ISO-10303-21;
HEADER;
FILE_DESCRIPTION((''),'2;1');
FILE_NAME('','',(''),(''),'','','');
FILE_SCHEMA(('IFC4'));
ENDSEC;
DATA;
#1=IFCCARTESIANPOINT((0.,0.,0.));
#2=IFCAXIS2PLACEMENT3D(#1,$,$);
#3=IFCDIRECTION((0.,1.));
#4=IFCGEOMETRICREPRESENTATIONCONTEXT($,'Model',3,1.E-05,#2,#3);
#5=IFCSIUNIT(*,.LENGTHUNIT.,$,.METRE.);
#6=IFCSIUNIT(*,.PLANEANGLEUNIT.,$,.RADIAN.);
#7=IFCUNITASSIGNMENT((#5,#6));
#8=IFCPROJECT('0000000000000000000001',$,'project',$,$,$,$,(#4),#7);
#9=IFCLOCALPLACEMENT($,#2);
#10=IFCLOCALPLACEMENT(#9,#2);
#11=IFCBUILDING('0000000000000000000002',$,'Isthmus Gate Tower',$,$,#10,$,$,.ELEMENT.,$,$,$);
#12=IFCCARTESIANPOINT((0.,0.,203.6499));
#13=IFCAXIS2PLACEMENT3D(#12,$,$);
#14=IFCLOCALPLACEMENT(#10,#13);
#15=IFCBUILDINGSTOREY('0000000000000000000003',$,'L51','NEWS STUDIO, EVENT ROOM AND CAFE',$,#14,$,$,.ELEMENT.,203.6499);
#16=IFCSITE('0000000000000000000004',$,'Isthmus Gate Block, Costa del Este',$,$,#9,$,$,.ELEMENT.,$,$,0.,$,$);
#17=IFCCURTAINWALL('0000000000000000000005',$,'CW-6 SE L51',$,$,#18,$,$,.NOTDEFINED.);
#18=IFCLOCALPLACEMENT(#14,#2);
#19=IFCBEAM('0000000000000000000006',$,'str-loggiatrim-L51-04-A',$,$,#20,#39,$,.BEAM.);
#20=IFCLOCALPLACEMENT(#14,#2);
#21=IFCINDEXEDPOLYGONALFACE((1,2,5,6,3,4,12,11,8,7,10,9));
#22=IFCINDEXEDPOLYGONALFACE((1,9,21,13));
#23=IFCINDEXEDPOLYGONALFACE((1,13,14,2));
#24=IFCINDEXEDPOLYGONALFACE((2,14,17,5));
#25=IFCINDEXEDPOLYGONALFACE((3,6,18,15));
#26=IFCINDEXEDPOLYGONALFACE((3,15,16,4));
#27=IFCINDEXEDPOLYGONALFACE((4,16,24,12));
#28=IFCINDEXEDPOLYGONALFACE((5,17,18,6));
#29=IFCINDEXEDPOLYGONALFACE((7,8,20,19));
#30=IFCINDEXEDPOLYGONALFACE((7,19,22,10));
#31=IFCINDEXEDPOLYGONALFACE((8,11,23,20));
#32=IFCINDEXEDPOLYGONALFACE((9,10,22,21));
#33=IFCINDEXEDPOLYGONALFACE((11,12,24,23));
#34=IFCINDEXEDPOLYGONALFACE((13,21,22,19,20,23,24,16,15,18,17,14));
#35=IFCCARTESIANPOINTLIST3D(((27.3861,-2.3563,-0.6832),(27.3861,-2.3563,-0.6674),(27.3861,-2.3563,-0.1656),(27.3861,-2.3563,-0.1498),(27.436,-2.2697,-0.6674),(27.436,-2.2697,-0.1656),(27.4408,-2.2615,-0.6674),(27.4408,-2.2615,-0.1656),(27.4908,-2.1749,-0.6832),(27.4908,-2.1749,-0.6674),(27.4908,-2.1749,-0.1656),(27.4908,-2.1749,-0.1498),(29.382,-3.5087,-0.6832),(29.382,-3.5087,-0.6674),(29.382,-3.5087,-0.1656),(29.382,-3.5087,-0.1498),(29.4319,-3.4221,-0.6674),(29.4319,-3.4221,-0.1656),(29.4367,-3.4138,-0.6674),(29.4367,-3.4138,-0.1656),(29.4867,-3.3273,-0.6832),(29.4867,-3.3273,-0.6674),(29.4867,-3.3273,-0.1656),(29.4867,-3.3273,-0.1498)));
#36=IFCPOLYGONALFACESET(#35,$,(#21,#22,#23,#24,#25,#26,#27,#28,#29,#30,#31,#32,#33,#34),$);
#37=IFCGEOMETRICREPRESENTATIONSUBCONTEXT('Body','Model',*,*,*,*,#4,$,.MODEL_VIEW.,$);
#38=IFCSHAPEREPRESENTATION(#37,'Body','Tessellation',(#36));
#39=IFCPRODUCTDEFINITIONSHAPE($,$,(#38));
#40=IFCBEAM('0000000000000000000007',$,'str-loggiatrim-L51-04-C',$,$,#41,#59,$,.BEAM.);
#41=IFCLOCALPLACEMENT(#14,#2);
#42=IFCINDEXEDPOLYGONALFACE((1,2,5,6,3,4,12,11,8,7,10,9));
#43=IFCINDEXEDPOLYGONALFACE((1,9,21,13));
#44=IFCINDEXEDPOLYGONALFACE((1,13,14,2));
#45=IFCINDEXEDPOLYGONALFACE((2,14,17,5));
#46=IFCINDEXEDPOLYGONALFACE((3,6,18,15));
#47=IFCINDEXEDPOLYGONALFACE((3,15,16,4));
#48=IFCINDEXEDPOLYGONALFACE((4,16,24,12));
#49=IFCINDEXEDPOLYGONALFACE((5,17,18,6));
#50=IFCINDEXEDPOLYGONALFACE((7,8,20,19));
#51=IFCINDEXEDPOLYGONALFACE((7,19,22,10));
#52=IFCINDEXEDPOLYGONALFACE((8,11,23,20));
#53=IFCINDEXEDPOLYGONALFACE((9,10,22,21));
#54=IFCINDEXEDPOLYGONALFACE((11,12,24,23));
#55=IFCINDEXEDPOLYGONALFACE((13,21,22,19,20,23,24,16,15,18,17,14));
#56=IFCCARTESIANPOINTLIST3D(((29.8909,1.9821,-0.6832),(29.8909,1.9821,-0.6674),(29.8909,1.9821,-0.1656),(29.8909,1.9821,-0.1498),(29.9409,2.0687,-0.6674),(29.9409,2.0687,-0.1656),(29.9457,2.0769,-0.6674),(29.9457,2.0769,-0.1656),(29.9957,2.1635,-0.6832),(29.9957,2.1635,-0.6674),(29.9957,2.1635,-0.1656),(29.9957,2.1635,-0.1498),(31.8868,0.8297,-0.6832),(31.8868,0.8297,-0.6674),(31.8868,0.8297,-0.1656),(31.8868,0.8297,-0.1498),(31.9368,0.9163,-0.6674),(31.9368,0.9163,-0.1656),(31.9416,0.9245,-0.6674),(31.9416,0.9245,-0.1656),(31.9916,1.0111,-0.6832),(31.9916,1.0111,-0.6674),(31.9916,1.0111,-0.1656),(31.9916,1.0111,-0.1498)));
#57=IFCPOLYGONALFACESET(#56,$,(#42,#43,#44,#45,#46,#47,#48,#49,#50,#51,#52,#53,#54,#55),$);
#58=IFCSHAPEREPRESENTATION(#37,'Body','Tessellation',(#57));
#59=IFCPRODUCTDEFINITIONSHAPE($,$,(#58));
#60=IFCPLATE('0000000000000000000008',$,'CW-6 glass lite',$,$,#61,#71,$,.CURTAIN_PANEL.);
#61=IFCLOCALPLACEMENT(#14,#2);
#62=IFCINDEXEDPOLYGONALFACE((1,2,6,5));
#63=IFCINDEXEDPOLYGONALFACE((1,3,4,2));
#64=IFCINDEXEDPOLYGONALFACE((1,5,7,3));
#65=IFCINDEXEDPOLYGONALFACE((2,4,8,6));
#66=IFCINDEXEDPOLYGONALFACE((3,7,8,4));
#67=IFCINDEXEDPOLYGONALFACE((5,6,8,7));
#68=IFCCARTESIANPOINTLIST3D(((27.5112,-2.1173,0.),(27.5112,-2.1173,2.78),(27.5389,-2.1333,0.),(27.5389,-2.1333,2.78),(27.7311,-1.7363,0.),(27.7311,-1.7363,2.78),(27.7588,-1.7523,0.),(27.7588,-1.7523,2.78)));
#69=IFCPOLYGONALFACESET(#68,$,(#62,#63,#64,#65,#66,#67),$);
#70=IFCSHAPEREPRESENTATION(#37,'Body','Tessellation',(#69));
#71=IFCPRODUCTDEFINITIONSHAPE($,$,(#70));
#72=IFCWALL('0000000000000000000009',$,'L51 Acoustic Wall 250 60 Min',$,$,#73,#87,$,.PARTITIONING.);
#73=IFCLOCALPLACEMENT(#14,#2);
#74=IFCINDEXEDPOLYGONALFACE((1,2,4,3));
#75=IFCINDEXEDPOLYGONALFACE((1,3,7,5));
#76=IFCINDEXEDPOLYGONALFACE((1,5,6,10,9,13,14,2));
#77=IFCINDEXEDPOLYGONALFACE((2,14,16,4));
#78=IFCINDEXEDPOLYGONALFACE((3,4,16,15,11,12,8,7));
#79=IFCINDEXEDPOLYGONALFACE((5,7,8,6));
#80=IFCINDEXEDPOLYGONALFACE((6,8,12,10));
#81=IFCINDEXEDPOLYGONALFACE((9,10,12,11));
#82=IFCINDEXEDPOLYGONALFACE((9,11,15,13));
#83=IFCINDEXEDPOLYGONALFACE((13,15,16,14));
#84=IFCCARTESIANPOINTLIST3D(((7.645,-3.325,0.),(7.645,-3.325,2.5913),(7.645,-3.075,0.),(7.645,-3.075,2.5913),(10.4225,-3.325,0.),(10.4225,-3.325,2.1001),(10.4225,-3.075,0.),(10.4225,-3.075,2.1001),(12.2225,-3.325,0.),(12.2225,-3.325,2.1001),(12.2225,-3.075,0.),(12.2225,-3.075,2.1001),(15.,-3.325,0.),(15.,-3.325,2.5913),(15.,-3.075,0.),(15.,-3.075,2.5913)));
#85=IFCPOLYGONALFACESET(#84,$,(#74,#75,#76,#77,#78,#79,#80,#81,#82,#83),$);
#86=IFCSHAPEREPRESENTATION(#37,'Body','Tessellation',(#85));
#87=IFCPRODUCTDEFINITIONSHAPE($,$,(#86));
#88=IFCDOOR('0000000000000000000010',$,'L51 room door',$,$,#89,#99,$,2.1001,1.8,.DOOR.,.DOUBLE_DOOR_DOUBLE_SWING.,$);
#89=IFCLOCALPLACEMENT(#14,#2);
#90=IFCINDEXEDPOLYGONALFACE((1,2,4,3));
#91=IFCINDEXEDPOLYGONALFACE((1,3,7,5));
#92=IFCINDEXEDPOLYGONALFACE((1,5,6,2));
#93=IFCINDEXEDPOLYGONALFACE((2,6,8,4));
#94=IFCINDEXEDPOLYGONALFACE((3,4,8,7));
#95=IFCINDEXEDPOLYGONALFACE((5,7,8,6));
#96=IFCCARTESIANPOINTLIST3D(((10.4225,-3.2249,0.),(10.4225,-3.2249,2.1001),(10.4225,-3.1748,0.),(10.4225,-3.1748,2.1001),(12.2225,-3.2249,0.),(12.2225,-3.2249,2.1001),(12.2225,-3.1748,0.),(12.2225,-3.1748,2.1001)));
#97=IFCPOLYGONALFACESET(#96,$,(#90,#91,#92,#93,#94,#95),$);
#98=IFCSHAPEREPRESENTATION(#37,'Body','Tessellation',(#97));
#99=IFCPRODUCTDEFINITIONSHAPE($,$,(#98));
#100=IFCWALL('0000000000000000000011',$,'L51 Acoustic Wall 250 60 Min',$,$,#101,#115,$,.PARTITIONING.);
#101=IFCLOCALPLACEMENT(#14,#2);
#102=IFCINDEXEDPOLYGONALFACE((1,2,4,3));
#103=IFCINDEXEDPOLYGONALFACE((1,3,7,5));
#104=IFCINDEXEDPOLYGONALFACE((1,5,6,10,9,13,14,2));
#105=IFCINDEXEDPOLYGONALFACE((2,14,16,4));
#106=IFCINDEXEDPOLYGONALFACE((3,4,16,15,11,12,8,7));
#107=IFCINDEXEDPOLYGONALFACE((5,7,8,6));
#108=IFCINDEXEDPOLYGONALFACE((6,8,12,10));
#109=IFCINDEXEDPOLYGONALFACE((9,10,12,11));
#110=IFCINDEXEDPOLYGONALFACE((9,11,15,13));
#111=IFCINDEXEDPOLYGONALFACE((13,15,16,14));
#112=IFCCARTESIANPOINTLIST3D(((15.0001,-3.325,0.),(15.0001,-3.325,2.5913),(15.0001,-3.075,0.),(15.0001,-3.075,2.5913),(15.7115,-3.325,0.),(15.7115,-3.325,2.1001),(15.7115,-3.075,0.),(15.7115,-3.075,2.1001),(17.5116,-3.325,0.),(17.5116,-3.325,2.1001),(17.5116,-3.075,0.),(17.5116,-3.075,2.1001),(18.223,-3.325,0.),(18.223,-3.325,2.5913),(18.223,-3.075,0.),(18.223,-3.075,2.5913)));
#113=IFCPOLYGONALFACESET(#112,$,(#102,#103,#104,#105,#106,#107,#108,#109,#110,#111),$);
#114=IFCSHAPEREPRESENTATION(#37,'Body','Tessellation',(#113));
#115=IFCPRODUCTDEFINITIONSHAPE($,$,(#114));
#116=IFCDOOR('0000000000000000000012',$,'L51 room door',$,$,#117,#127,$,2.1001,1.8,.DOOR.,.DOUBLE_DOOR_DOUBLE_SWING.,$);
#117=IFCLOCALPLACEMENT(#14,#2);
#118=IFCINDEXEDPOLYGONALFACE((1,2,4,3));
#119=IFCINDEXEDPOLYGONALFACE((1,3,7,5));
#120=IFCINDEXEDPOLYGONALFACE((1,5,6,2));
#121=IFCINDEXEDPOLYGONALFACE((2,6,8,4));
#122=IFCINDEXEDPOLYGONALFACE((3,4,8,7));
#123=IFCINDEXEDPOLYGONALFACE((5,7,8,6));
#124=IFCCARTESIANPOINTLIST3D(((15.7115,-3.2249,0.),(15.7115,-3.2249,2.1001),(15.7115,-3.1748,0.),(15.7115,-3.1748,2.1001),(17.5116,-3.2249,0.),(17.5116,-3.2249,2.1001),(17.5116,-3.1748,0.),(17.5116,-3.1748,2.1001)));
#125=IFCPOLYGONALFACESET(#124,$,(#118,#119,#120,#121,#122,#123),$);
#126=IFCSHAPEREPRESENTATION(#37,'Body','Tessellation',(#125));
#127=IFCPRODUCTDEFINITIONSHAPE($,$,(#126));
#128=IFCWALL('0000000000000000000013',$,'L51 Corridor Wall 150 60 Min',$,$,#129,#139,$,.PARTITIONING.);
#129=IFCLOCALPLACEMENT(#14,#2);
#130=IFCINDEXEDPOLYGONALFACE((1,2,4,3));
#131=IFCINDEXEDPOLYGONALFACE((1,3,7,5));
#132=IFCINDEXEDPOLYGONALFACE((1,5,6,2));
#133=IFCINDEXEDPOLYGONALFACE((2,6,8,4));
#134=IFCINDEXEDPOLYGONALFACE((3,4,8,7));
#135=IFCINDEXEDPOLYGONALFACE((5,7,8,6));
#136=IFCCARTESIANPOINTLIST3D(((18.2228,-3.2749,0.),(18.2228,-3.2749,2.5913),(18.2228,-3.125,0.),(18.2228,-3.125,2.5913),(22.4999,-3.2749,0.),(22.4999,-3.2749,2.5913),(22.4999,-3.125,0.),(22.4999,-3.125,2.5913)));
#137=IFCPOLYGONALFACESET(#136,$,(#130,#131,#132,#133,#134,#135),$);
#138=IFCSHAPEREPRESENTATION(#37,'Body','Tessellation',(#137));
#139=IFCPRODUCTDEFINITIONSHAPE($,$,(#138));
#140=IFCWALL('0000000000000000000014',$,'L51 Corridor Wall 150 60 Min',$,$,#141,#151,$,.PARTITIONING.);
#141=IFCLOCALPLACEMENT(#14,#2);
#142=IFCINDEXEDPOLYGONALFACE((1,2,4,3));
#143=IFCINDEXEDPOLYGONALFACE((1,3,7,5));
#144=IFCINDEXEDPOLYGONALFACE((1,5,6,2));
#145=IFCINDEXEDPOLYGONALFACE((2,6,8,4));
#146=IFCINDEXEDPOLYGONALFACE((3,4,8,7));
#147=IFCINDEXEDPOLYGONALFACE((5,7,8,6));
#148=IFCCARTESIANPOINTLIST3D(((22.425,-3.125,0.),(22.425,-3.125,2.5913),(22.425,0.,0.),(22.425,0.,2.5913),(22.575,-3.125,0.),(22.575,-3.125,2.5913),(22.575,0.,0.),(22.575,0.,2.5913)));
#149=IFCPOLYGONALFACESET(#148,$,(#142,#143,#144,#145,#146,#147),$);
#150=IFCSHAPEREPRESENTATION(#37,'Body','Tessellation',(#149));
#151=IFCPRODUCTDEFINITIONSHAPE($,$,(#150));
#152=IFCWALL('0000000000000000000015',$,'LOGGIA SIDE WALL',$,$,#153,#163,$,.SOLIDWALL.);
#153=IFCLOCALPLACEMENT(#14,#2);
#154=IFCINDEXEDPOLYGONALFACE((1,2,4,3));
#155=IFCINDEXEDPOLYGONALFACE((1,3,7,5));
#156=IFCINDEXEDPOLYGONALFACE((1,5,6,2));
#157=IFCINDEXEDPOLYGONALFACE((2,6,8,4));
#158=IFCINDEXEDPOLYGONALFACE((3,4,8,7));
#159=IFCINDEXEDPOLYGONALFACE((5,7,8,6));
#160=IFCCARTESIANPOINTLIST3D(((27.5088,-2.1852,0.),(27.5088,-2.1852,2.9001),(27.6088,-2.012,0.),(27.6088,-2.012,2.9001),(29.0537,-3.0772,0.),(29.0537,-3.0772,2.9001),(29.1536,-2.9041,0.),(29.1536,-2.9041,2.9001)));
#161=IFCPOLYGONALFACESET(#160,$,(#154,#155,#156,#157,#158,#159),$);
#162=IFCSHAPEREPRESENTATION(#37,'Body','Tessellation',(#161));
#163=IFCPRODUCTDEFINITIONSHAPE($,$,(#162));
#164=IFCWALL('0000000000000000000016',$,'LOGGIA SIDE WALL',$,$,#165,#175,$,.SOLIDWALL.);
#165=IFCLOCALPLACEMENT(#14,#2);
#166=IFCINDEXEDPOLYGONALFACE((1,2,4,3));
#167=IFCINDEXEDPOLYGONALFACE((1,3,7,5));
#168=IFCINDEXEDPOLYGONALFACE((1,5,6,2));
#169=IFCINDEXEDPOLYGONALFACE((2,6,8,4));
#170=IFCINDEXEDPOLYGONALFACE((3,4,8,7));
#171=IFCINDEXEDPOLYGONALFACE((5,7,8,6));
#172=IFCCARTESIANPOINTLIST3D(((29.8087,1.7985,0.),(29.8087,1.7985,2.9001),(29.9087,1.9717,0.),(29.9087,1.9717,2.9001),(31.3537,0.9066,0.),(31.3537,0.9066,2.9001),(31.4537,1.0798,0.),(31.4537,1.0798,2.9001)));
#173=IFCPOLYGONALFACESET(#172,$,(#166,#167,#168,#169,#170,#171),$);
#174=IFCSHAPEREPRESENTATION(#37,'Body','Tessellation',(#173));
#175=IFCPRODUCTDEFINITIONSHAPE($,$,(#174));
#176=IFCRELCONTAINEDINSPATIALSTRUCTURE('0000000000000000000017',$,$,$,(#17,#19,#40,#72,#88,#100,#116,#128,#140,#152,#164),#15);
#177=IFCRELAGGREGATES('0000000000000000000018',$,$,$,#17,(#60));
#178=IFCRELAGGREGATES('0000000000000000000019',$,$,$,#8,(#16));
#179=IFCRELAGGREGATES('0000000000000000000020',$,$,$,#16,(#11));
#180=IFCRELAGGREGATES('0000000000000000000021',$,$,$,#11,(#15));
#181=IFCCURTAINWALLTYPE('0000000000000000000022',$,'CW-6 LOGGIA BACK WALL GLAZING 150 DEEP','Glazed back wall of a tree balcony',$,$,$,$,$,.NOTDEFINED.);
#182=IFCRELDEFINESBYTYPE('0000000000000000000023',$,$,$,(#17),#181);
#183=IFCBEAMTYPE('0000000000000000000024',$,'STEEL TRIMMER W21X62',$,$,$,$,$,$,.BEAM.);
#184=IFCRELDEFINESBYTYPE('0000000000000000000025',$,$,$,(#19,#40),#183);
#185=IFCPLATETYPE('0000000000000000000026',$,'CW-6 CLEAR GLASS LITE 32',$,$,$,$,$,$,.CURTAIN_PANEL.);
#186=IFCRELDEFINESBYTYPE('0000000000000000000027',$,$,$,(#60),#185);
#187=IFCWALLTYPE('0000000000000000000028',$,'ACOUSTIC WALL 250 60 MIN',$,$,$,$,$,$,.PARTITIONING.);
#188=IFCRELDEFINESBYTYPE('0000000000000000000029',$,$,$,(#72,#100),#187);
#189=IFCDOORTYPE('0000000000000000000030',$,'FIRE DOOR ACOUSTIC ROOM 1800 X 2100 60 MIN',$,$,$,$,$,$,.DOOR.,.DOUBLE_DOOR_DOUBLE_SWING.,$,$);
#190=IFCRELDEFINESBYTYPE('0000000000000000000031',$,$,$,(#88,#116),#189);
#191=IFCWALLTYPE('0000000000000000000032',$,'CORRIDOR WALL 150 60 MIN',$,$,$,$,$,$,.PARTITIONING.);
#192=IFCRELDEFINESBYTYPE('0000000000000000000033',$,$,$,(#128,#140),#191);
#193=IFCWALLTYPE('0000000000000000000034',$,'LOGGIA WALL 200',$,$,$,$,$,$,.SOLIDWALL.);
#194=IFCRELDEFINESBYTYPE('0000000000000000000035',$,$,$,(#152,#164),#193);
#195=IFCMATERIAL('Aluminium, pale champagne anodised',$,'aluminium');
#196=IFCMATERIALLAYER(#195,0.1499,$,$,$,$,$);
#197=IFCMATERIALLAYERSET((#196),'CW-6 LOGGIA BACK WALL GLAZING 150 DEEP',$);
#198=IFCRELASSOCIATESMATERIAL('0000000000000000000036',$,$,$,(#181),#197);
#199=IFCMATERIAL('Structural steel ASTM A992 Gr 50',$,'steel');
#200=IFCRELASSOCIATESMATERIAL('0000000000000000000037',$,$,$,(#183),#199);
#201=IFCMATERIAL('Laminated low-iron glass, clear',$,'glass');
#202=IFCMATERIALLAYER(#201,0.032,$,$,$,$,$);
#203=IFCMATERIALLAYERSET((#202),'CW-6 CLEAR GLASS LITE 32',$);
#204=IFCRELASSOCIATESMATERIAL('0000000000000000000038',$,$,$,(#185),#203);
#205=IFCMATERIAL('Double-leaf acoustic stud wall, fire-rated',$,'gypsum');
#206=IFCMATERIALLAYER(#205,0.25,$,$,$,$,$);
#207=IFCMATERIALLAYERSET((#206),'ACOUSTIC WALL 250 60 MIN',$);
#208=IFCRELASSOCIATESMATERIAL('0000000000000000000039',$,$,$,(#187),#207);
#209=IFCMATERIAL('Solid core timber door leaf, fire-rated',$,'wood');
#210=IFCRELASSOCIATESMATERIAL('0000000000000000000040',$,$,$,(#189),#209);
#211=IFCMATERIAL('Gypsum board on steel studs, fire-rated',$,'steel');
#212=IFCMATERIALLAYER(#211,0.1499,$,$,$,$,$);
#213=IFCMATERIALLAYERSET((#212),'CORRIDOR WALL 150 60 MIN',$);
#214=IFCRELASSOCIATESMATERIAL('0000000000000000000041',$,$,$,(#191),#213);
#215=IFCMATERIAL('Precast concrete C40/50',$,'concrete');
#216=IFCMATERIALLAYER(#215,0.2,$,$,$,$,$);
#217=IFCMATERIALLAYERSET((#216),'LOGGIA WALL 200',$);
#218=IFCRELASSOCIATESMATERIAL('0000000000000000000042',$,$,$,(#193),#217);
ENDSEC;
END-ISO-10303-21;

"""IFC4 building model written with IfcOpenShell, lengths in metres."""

from ifc_helpers import new_model, si_unit, direction, frame, frame_2d, origin, origin_2d, place, context, subcontext, project, spatial, rectangle, i_section, extrude, material, layer, layer_set, material_profile, profile_set, type_object, element, fill, aggregate, save


model = new_model("IFC4")

# Units and contexts
model_context = context("Model", 3, precision=1e-05, world=origin(), true_north=direction((0.0, 1.0)))
body_context = subcontext(model_context, "Body", "Model", "MODEL_VIEW")
ifc_project = project(units=[si_unit("LENGTHUNIT", "METRE"), si_unit("PLANEANGLEUNIT", "RADIAN")], contexts=[model_context])

# Site, building, storey
site_placement = place(None, origin())
site = spatial("IfcSite", under=ifc_project, at=site_placement, Name="Isthmus Gate Block, Costa del Este", CompositionType="ELEMENT", RefElevation=0.0)
building_placement = place(site_placement, origin())
building = spatial("IfcBuilding", under=site, at=building_placement, Name="Isthmus Gate Tower", CompositionType="ELEMENT")
storey_placement = place(building_placement, frame((0.0, 0.0, 203.6499)))
storey = spatial("IfcBuildingStorey", under=building, at=storey_placement, Name="L51", Description="NEWS STUDIO, EVENT ROOM AND CAFE", CompositionType="ELEMENT", Elevation=203.6499)

# Curtain wall
ifc_material_1 = material(Name="Aluminium, pale champagne anodised", Category="aluminium")
ifc_layer_1 = layer(ifc_material_1, 0.1499)
ifc_layer_set_1 = layer_set([ifc_layer_1], Name="CW-6 LOGGIA BACK WALL GLAZING 150 DEEP")
curtain_wall_type = type_object("IfcCurtainWallType", Name="CW-6 LOGGIA BACK WALL GLAZING 150 DEEP", Description="Glazed back wall of a tree balcony", PredefinedType="NOTDEFINED", material=ifc_layer_set_1)
curtain_wall_placement = place(storey_placement, origin())
curtain_wall = element("IfcCurtainWall", 1, at=curtain_wall_placement, inside=storey, type_object=curtain_wall_type, Name="CW-6 SE L51", PredefinedType="NOTDEFINED")

# Beams
ifc_material_2 = material(Name="Structural steel ASTM A992 Gr 50", Category="steel")
ifc_material_profile_1 = material_profile(ifc_material_2, i_section(OverallWidth=0.2095, OverallDepth=0.5334, WebThickness=0.0095, FlangeThickness=0.0159, at=origin_2d()), Name="W21X62")
ifc_profile_set_1 = profile_set([ifc_material_profile_1], Name="Structural steel ASTM A992 Gr 50")
beam_type_1 = type_object("IfcBeamType", Name="STEEL TRIMMER W21X62", PredefinedType="BEAM", material=ifc_profile_set_1)
for number, where, z_axis, x_axis, name in (
    (2, (29.4343, -3.418, -0.4165), (-0.866018, 0.500013, 0.0), (-0.500013, -0.866018, 0.0), "str-loggiatrim-L51-04-A"),
    (3, (31.9392, 0.9204, -0.4165), (-0.866018, 0.500013, 0.0), (-0.500013, -0.866018, 0.0), "str-loggiatrim-L51-04-C"),
):
    element("IfcBeam", number, at=place(storey_placement, frame(where, z_axis=z_axis, x_axis=x_axis)), inside=storey, type_object=beam_type_1, Name=name, PredefinedType="BEAM", context=body_context, shape_type="SweptSolid", body=[
        extrude(i_section(OverallWidth=0.2095, OverallDepth=0.5334, WebThickness=0.0095, FlangeThickness=0.0159, at=origin_2d()), origin(), (0.0, 0.0, 1.0), 2.3047),
    ])

# Plate
ifc_material_3 = material(Name="Laminated low-iron glass, clear", Category="glass")
ifc_layer_2 = layer(ifc_material_3, 0.032)
ifc_layer_set_2 = layer_set([ifc_layer_2], Name="CW-6 CLEAR GLASS LITE 32")
plate_type = type_object("IfcPlateType", Name="CW-6 CLEAR GLASS LITE 32", PredefinedType="CURTAIN_PANEL", material=ifc_layer_set_2)
plate_placement = place(storey_placement, frame((27.635, -1.9348, 0.0), z_axis=(0.0, 0.0, 1.0), x_axis=(0.5, 0.866025, 0.0)))
plate = element("IfcPlate", 4, at=plate_placement, type_object=plate_type, Name="CW-6 glass lite", PredefinedType="CURTAIN_PANEL", context=body_context, shape_type="SweptSolid", body=[
    extrude(rectangle(XDim=0.4399, YDim=0.032, at=origin_2d()), origin(), (0.0, 0.0, 1.0), 2.78),
])
aggregate(curtain_wall, [plate])

# Walls, openings, doors
ifc_material_4 = material(Name="Double-leaf acoustic stud wall, fire-rated", Category="gypsum")
ifc_layer_3 = layer(ifc_material_4, 0.25)
ifc_layer_set_3 = layer_set([ifc_layer_3], Name="ACOUSTIC WALL 250 60 MIN")
wall_type_1 = type_object("IfcWallType", Name="ACOUSTIC WALL 250 60 MIN", PredefinedType="PARTITIONING", material=ifc_layer_set_3)
wall_1_placement = place(storey_placement, frame((15.0, -3.2, 0.0), z_axis=(0.0, 0.0, 1.0), x_axis=(-1.0, 0.0, 0.0)))
wall_1 = element("IfcWall", 5, at=wall_1_placement, inside=storey, type_object=wall_type_1, Name="L51 Acoustic Wall 250 60 Min", PredefinedType="PARTITIONING", context=body_context, shape_type="SweptSolid", body=[
    extrude(rectangle(XDim=7.355, YDim=0.25, at=frame_2d((3.6775, 0.0))), origin(), (0.0, 0.0, 1.0), 2.5913),
])
opening_1_placement = place(wall_1_placement, frame((2.7776, 0.0, 0.0)))
opening_1 = element("IfcOpeningElement", 6, at=opening_1_placement, cuts=wall_1, PredefinedType="OPENING", context=body_context, shape_type="SweptSolid", body=[
    extrude(rectangle(XDim=1.8, YDim=2.1001, at=frame_2d((0.8999, 1.05))), frame((0.0, 0.135, 0.0), z_axis=(0.0, -1.0, 0.0), x_axis=(1.0, 0.0, 0.0)), (0.0, 0.0, 1.0), 0.27),
])
ifc_material_5 = material(Name="Solid core timber door leaf, fire-rated", Category="wood")
door_type_1 = type_object("IfcDoorType", Name="FIRE DOOR ACOUSTIC ROOM 1800 X 2100 60 MIN", OperationType="DOUBLE_DOOR_DOUBLE_SWING", PredefinedType="DOOR", material=ifc_material_5)
door_1_placement = place(opening_1_placement, origin())
door_1 = element("IfcDoor", 7, at=door_1_placement, inside=storey, type_object=door_type_1, Name="L51 room door", OperationType="DOUBLE_DOOR_DOUBLE_SWING", OverallHeight=2.1001, OverallWidth=1.8, PredefinedType="DOOR", context=body_context, shape_type="SweptSolid", body=[
    extrude(rectangle(XDim=1.8, YDim=2.1001, at=frame_2d((0.8999, 1.05))), frame((0.0, 0.0249, 0.0), z_axis=(0.0, -1.0, 0.0), x_axis=(1.0, 0.0, 0.0)), (0.0, 0.0, 1.0), 0.05),
])
fill(opening_1, door_1)
wall_2_placement = place(storey_placement, frame((18.2229, -3.2, 0.0), z_axis=(0.0, 0.0, 1.0), x_axis=(-1.0, 0.0, 0.0)))
wall_2 = element("IfcWall", 8, at=wall_2_placement, inside=storey, type_object=wall_type_1, Name="L51 Acoustic Wall 250 60 Min", PredefinedType="PARTITIONING", context=body_context, shape_type="SweptSolid", body=[
    extrude(rectangle(XDim=3.2229, YDim=0.25, at=frame_2d((1.6113, 0.0))), origin(), (0.0, 0.0, 1.0), 2.5913),
])
opening_2_placement = place(wall_2_placement, frame((0.7114, 0.0, 0.0)))
opening_2 = element("IfcOpeningElement", 9, at=opening_2_placement, cuts=wall_2, PredefinedType="OPENING", context=body_context, shape_type="SweptSolid", body=[
    extrude(rectangle(XDim=1.8, YDim=2.1001, at=frame_2d((0.8999, 1.05))), frame((0.0, 0.135, 0.0), z_axis=(0.0, -1.0, 0.0), x_axis=(1.0, 0.0, 0.0)), (0.0, 0.0, 1.0), 0.27),
])
door_2_placement = place(opening_2_placement, origin())
door_2 = element("IfcDoor", 10, at=door_2_placement, inside=storey, type_object=door_type_1, Name="L51 room door", OperationType="DOUBLE_DOOR_DOUBLE_SWING", OverallHeight=2.1001, OverallWidth=1.8, PredefinedType="DOOR", context=body_context, shape_type="SweptSolid", body=[
    extrude(rectangle(XDim=1.8, YDim=2.1001, at=frame_2d((0.8999, 1.05))), frame((0.0, 0.0249, 0.0), z_axis=(0.0, -1.0, 0.0), x_axis=(1.0, 0.0, 0.0)), (0.0, 0.0, 1.0), 0.05),
])
fill(opening_2, door_2)

# Walls
ifc_material_6 = material(Name="Gypsum board on steel studs, fire-rated", Category="steel")
ifc_layer_4 = layer(ifc_material_6, 0.1499)
ifc_layer_set_4 = layer_set([ifc_layer_4], Name="CORRIDOR WALL 150 60 MIN")
wall_type_2 = type_object("IfcWallType", Name="CORRIDOR WALL 150 60 MIN", PredefinedType="PARTITIONING", material=ifc_layer_set_4)
wall_3_placement = place(storey_placement, frame((22.5, -3.2, 0.0), z_axis=(0.0, 0.0, 1.0), x_axis=(-1.0, 0.0, 0.0)))
element("IfcWall", 11, at=wall_3_placement, inside=storey, type_object=wall_type_2, Name="L51 Corridor Wall 150 60 Min", PredefinedType="PARTITIONING", context=body_context, shape_type="SweptSolid", body=[
    extrude(rectangle(XDim=4.2771, YDim=0.1499, at=frame_2d((2.1387, 0.0))), origin(), (0.0, 0.0, 1.0), 2.5913),
])
wall_4_placement = place(storey_placement, frame((22.5, 0.0, 0.0), z_axis=(0.0, 0.0, 1.0), x_axis=(0.0, -1.0, 0.0)))
element("IfcWall", 12, at=wall_4_placement, inside=storey, type_object=wall_type_2, Name="L51 Corridor Wall 150 60 Min", PredefinedType="PARTITIONING", context=body_context, shape_type="SweptSolid", body=[
    extrude(rectangle(XDim=3.125, YDim=0.1499, at=frame_2d((1.5625, 0.0))), origin(), (0.0, 0.0, 1.0), 2.5913),
])

# Shared definitions
ifc_material_7 = material(Name="Precast concrete C40/50", Category="concrete")
ifc_layer_5 = layer(ifc_material_7, 0.2)
ifc_layer_set_5 = layer_set([ifc_layer_5], Name="LOGGIA WALL 200")
wall_type_3 = type_object("IfcWallType", Name="LOGGIA WALL 200", PredefinedType="SOLIDWALL", material=ifc_layer_set_5)

# Walls
for number, where, z_axis, x_axis, name in (
    (13, (29.1038, -2.9907, 0.0), (0.0, 0.0, 1.0), (-0.865994, 0.500054, 0.0), "LOGGIA SIDE WALL"),
    (14, (31.4038, 0.9932, 0.0), (0.0, 0.0, 1.0), (-0.866053, 0.499951, 0.0), "LOGGIA SIDE WALL"),
):
    element("IfcWall", number, at=place(storey_placement, frame(where, z_axis=z_axis, x_axis=x_axis)), inside=storey, type_object=wall_type_3, Name=name, PredefinedType="SOLIDWALL", context=body_context, shape_type="SweptSolid", body=[
        extrude(rectangle(XDim=1.7839, YDim=0.2, at=frame_2d((0.8921, 0.0))), origin(), (0.0, 0.0, 1.0), 2.9001),
    ])

save(model, "model.ifc")
